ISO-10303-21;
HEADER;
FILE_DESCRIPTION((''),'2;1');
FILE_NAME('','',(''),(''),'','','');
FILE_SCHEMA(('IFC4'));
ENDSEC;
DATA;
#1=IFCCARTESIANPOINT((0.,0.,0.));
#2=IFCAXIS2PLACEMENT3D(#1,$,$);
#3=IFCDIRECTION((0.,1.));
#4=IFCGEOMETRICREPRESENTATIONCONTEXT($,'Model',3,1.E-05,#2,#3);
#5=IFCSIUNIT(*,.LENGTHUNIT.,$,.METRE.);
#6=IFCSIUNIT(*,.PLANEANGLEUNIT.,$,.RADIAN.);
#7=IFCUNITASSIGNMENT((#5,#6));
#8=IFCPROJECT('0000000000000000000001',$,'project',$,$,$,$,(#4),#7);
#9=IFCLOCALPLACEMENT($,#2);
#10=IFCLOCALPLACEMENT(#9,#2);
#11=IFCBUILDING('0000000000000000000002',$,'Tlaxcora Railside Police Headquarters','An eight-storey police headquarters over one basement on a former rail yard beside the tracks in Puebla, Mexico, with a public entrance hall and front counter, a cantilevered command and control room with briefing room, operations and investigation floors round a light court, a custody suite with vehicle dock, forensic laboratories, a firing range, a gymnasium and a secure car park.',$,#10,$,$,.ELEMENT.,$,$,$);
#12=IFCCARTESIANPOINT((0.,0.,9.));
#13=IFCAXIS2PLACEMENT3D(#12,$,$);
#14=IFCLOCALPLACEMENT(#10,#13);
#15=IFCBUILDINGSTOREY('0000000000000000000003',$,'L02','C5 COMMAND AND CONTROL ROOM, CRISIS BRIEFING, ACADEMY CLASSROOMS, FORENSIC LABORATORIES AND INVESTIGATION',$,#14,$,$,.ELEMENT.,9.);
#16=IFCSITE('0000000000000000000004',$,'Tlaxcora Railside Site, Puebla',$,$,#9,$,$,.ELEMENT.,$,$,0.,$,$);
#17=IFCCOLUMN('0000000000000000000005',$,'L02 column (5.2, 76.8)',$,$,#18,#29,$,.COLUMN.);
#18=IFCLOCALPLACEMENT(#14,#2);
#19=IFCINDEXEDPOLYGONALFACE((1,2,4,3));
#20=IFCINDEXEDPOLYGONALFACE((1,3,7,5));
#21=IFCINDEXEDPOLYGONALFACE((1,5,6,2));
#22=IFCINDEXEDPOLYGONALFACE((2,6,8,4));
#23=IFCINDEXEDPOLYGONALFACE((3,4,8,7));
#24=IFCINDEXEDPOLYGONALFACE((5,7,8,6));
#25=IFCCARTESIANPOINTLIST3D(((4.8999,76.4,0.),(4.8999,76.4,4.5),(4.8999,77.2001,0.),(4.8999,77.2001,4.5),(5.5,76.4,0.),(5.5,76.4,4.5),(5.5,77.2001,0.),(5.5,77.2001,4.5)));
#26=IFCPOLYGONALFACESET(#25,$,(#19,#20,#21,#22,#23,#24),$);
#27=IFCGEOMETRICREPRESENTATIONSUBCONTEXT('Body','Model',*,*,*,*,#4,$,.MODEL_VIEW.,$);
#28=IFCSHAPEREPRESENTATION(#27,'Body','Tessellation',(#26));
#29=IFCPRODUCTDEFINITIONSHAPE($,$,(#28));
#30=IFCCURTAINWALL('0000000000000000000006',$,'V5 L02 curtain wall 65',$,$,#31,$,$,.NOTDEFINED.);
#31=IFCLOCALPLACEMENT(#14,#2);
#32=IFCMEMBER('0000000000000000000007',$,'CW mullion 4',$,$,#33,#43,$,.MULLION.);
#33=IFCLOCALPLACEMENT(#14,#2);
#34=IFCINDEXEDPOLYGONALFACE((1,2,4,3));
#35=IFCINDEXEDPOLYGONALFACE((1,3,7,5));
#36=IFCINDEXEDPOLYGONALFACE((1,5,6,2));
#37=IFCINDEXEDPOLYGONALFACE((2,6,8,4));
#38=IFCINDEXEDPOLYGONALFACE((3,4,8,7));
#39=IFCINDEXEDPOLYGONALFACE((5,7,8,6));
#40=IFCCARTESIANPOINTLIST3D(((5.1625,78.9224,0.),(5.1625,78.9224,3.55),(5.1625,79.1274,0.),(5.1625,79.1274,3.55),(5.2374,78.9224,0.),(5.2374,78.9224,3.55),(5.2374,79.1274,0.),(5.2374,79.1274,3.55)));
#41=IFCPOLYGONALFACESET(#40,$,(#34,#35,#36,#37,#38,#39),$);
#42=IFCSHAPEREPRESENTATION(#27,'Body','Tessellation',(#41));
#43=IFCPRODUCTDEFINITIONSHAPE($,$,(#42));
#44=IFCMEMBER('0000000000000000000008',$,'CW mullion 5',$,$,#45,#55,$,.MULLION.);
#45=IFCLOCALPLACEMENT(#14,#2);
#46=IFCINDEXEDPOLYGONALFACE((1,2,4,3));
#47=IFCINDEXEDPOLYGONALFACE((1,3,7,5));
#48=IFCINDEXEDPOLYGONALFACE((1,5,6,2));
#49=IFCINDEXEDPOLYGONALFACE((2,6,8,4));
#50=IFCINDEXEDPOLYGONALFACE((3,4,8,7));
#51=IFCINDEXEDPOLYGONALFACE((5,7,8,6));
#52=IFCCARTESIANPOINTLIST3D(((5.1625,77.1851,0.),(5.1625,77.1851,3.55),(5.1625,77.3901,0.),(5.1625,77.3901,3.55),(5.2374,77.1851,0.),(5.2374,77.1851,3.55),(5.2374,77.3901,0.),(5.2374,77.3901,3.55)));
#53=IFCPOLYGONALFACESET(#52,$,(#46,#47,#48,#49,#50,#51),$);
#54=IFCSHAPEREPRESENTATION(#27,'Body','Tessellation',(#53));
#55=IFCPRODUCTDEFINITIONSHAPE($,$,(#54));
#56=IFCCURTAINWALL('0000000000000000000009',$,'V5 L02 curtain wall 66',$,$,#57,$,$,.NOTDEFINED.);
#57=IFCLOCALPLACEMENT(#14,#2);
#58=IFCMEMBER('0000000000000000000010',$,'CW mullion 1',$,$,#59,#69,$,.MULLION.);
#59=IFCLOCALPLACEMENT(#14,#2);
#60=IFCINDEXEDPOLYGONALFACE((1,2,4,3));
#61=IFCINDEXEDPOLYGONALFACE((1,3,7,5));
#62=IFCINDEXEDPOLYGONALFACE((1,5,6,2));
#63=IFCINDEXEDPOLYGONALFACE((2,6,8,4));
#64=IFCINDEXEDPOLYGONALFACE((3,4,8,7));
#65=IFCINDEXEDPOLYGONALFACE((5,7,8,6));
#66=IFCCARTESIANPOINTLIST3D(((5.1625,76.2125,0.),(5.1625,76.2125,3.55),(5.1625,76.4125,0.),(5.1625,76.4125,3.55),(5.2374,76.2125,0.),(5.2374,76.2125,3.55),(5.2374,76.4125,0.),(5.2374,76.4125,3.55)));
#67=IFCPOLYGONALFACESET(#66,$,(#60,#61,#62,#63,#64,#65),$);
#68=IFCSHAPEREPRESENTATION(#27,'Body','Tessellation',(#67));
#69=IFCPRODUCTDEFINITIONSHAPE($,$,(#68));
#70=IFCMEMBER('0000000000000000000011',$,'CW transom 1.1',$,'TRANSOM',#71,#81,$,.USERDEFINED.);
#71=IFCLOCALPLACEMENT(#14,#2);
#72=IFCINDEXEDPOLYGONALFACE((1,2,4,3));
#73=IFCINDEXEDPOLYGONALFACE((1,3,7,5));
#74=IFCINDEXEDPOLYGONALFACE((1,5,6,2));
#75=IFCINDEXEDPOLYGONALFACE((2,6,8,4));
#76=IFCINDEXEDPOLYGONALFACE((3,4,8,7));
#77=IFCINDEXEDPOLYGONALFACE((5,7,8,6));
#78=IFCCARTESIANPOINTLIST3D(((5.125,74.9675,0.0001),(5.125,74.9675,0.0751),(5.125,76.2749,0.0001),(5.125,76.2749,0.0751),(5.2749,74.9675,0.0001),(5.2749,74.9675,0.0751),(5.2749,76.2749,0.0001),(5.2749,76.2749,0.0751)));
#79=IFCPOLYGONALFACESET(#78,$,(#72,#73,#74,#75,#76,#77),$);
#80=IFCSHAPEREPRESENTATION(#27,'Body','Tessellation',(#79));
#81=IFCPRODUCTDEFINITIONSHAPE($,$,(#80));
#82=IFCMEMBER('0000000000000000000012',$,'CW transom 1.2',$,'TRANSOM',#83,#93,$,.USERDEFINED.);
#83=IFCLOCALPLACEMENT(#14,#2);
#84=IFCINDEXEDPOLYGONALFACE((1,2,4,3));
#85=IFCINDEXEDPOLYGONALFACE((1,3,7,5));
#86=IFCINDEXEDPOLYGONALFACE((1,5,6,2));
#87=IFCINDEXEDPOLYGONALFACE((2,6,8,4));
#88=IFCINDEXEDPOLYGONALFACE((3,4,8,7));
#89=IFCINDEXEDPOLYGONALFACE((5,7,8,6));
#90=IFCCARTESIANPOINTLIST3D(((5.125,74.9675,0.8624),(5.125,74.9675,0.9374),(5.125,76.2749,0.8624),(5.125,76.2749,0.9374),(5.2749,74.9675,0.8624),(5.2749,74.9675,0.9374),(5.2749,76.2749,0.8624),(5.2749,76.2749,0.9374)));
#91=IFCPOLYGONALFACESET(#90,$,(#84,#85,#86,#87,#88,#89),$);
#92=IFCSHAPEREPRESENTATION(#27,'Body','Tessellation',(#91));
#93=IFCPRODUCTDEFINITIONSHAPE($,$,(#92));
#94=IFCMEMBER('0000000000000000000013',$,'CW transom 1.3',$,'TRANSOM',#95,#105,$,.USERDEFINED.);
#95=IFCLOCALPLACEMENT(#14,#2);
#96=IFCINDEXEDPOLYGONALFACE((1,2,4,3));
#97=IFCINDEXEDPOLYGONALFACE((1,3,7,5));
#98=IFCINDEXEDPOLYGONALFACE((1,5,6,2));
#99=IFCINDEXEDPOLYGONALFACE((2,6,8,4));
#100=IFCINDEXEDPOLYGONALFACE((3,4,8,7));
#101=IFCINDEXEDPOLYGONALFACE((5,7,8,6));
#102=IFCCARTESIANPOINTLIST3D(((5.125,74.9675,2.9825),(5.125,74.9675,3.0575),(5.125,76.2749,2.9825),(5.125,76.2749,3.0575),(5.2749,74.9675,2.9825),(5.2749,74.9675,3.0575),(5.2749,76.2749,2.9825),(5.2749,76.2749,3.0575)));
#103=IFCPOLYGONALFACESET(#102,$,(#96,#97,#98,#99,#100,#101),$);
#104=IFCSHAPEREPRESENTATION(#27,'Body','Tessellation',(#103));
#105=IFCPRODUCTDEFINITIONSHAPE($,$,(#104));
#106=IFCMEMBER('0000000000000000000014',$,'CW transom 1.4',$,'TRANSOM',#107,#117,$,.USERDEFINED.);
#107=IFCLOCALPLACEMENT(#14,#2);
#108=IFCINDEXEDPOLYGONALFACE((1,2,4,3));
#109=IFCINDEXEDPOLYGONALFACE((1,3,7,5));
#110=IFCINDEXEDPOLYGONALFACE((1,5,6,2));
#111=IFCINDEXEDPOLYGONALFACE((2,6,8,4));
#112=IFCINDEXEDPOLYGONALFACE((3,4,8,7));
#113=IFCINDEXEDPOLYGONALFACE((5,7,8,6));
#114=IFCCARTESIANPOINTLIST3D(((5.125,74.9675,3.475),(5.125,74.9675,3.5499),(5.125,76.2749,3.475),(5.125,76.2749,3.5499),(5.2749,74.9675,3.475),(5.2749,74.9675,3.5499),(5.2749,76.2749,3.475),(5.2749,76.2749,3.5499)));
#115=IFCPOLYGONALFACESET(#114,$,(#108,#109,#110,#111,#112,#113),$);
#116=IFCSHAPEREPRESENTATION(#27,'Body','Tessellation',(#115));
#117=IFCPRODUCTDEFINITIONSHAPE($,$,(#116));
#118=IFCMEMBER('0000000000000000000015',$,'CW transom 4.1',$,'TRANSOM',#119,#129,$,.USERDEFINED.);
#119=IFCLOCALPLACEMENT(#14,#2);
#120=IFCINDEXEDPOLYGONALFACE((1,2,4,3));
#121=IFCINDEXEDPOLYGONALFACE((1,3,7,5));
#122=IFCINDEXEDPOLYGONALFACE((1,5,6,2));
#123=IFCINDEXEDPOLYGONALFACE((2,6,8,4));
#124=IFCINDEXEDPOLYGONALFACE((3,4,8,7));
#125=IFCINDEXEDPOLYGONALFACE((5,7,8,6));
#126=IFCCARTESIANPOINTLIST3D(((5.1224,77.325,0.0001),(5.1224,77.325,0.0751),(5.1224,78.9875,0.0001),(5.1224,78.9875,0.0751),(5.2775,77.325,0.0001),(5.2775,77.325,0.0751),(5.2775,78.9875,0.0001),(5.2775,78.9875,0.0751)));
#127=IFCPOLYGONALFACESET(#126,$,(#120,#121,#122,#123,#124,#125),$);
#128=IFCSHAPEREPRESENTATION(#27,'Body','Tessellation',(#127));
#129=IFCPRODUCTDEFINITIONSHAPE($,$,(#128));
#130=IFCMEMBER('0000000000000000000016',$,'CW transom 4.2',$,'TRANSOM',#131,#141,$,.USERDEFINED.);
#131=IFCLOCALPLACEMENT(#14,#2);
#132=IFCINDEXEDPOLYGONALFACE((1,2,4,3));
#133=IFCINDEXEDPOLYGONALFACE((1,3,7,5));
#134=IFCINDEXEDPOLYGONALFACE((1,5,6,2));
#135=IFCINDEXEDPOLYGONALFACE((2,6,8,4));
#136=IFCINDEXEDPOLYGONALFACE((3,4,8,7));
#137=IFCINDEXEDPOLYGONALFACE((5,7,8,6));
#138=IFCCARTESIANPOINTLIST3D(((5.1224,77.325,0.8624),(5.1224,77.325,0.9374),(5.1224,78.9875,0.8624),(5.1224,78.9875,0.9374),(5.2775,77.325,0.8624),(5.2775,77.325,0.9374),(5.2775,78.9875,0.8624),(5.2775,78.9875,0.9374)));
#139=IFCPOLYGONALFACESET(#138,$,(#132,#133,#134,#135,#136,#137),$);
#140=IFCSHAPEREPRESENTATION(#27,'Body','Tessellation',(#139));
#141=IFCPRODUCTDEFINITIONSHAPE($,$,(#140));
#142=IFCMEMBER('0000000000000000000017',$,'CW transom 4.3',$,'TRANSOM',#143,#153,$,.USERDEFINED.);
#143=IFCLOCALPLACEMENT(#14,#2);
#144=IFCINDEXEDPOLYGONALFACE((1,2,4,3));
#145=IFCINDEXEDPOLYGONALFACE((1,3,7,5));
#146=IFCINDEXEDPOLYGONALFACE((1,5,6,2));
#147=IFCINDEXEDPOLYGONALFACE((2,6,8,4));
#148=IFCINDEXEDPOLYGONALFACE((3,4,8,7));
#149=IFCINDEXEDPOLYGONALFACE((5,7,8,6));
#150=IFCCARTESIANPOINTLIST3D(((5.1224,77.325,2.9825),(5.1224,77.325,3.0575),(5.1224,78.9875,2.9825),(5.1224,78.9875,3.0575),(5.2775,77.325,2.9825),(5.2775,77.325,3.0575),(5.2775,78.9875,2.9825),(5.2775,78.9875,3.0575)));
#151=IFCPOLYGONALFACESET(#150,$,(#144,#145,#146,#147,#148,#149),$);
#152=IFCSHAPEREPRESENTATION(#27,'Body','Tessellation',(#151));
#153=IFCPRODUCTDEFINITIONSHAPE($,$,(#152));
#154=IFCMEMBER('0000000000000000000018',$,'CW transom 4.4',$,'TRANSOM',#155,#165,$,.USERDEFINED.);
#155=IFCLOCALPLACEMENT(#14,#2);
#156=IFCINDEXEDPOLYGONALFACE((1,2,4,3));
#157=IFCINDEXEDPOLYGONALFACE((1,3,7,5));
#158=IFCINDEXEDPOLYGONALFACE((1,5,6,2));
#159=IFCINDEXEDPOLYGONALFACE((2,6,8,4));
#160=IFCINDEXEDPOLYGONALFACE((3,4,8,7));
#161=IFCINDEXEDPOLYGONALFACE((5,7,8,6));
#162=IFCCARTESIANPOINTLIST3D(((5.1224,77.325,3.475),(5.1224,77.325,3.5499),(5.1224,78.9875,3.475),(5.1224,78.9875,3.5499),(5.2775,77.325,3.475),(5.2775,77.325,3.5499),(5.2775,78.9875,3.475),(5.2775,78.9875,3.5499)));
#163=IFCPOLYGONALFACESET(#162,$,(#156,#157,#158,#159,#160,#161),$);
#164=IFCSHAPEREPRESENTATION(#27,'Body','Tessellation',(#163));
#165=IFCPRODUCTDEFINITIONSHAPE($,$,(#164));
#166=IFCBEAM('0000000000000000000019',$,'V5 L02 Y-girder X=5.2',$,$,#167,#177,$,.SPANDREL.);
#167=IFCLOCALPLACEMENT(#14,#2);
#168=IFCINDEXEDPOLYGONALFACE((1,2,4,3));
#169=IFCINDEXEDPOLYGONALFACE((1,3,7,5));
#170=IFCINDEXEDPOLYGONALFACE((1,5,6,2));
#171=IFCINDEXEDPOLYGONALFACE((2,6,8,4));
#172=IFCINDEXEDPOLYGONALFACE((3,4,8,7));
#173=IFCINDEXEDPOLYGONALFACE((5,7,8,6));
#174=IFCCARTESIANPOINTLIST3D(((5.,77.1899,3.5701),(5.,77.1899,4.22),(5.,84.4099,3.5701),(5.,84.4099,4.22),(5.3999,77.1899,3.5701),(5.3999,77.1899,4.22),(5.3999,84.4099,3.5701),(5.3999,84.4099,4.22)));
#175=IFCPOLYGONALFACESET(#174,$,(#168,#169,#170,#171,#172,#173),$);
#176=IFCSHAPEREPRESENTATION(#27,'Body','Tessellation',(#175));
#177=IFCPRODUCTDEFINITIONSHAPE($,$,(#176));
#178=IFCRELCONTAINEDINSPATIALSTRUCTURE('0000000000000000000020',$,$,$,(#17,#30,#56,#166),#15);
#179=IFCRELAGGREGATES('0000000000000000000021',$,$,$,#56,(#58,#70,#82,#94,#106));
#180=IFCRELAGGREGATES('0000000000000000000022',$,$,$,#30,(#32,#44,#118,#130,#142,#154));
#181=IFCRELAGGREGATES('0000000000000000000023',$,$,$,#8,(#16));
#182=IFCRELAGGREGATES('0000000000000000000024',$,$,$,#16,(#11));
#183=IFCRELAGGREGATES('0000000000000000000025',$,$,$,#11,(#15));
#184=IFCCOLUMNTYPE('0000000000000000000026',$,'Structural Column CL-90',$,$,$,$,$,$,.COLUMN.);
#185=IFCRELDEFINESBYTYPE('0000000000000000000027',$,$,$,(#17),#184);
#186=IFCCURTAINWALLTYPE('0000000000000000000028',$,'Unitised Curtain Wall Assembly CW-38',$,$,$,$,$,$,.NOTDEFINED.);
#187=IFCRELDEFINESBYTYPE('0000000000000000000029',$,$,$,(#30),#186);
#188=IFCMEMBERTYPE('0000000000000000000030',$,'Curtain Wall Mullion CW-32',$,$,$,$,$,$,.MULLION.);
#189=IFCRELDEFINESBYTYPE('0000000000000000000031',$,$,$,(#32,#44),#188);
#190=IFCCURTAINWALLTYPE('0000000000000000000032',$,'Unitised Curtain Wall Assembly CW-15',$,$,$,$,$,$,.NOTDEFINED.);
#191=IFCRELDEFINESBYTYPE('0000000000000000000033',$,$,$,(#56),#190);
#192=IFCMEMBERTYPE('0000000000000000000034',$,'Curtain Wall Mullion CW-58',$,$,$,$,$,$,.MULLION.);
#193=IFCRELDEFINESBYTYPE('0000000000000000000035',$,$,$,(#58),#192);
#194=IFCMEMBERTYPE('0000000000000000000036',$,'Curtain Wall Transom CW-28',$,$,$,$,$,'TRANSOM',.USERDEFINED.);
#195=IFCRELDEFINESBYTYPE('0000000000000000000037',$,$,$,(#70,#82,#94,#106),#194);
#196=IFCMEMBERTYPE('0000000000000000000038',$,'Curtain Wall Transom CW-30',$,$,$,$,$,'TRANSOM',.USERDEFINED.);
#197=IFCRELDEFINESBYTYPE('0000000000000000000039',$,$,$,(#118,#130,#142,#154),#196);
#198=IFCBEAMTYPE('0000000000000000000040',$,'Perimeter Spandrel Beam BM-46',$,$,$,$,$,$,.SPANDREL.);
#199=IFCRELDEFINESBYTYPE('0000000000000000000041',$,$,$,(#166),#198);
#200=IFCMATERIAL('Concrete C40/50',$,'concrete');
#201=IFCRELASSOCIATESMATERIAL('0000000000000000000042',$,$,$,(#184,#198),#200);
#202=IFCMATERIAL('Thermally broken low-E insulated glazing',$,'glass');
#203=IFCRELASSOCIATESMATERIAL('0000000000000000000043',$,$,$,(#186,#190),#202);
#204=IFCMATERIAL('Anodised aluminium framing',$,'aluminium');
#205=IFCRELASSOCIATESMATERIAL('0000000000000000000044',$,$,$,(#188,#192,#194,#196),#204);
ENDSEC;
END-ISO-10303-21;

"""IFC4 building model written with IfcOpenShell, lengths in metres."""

from ifc_helpers import new_model, si_unit, direction, frame, origin, origin_2d, place, context, subcontext, project, spatial, rectangle, extrude, material, material_profile, profile_set, type_object, element, aggregate, save


model = new_model("IFC4")

# Units and contexts
model_context = context("Model", 3, precision=1e-05, world=origin(), true_north=direction((0.0, 1.0)))
body_context = subcontext(model_context, "Body", "Model", "MODEL_VIEW")
ifc_project = project(units=[si_unit("LENGTHUNIT", "METRE"), si_unit("PLANEANGLEUNIT", "RADIAN")], contexts=[model_context])

# Site, building, storey
site_placement = place(None, origin())
site = spatial("IfcSite", under=ifc_project, at=site_placement, Name="Tlaxcora Railside Site, Puebla", CompositionType="ELEMENT", RefElevation=0.0)
building_placement = place(site_placement, origin())
building = spatial("IfcBuilding", under=site, at=building_placement, Name="Tlaxcora Railside Police Headquarters", Description="An eight-storey police headquarters over one basement on a former rail yard beside the tracks in Puebla, Mexico, with a public entrance hall and front counter, a cantilevered command and control room with briefing room, operations and investigation floors round a light court, a custody suite with vehicle dock, forensic laboratories, a firing range, a gymnasium and a secure car park.", CompositionType="ELEMENT")
storey_placement = place(building_placement, frame((0.0, 0.0, 9.0)))
storey = spatial("IfcBuildingStorey", under=building, at=storey_placement, Name="L02", Description="C5 COMMAND AND CONTROL ROOM, CRISIS BRIEFING, ACADEMY CLASSROOMS, FORENSIC LABORATORIES AND INVESTIGATION", CompositionType="ELEMENT", Elevation=9.0)

# Column
ifc_material_1 = material(Name="Concrete C40/50", Category="concrete")
ifc_material_profile_1 = material_profile(ifc_material_1, rectangle(XDim=0.6001, YDim=0.8, at=origin_2d()), Name="RC600X800")
ifc_profile_set_1 = profile_set([ifc_material_profile_1], Name="Concrete C40/50")
column_type = type_object("IfcColumnType", Name="Structural Column CL-90", PredefinedType="COLUMN", material=ifc_profile_set_1)
column_placement = place(storey_placement, frame((5.2, 76.8, 0.0), z_axis=(0.0, 0.0, 1.0), x_axis=(1.0, 0.0, 0.0)))
element("IfcColumn", 1, at=column_placement, inside=storey, type_object=column_type, Name="L02 column (5.2, 76.8)", PredefinedType="COLUMN", context=body_context, shape_type="SweptSolid", body=[
    extrude(rectangle(XDim=0.6001, YDim=0.8, at=origin_2d()), origin(), (0.0, 0.0, 1.0), 4.5),
])

# Curtain walls, members
ifc_material_2 = material(Name="Thermally broken low-E insulated glazing", Category="glass")
curtain_wall_type_1 = type_object("IfcCurtainWallType", Name="Unitised Curtain Wall Assembly CW-38", PredefinedType="NOTDEFINED", material=ifc_material_2)
curtain_wall_1_placement = place(storey_placement, origin())
curtain_wall_1 = element("IfcCurtainWall", 2, at=curtain_wall_1_placement, inside=storey, type_object=curtain_wall_type_1, Name="V5 L02 curtain wall 65", PredefinedType="NOTDEFINED")
ifc_material_3 = material(Name="Anodised aluminium framing", Category="aluminium")
ifc_material_profile_2 = material_profile(ifc_material_3, rectangle(XDim=0.075, YDim=0.2051, at=origin_2d()), Name="AL75X205")
ifc_profile_set_2 = profile_set([ifc_material_profile_2], Name="Anodised aluminium framing")
member_type_1 = type_object("IfcMemberType", Name="Curtain Wall Mullion CW-32", PredefinedType="MULLION", material=ifc_profile_set_2)
member_1_placement = place(storey_placement, frame((5.2, 79.0249, 0.0), z_axis=(0.0, 0.0, 1.0), x_axis=(1.0, 0.0, 0.0)))
member_1 = element("IfcMember", 3, at=member_1_placement, type_object=member_type_1, Name="CW mullion 4", PredefinedType="MULLION", context=body_context, shape_type="SweptSolid", body=[
    extrude(rectangle(XDim=0.075, YDim=0.2051, at=origin_2d()), origin(), (0.0, 0.0, 1.0), 3.55),
])
member_2_placement = place(storey_placement, frame((5.2, 77.2876, 0.0), z_axis=(0.0, 0.0, 1.0), x_axis=(1.0, 0.0, 0.0)))
member_2 = element("IfcMember", 4, at=member_2_placement, type_object=member_type_1, Name="CW mullion 5", PredefinedType="MULLION", context=body_context, shape_type="SweptSolid", body=[
    extrude(rectangle(XDim=0.075, YDim=0.2051, at=origin_2d()), origin(), (0.0, 0.0, 1.0), 3.55),
])
curtain_wall_type_2 = type_object("IfcCurtainWallType", Name="Unitised Curtain Wall Assembly CW-15", PredefinedType="NOTDEFINED", material=ifc_material_2)
curtain_wall_2_placement = place(storey_placement, origin())
curtain_wall_2 = element("IfcCurtainWall", 5, at=curtain_wall_2_placement, inside=storey, type_object=curtain_wall_type_2, Name="V5 L02 curtain wall 66", PredefinedType="NOTDEFINED")
ifc_material_profile_3 = material_profile(ifc_material_3, rectangle(XDim=0.075, YDim=0.2, at=origin_2d()), Name="AL75X200")
ifc_profile_set_3 = profile_set([ifc_material_profile_3], Name="Anodised aluminium framing")
member_type_2 = type_object("IfcMemberType", Name="Curtain Wall Mullion CW-58", PredefinedType="MULLION", material=ifc_profile_set_3)
member_3_placement = place(storey_placement, frame((5.2, 76.3125, 0.0), z_axis=(0.0, 0.0, 1.0), x_axis=(1.0, 0.0, 0.0)))
member_3 = element("IfcMember", 6, at=member_3_placement, type_object=member_type_2, Name="CW mullion 1", PredefinedType="MULLION", context=body_context, shape_type="SweptSolid", body=[
    extrude(rectangle(XDim=0.075, YDim=0.2, at=origin_2d()), origin(), (0.0, 0.0, 1.0), 3.55),
])
ifc_material_profile_4 = material_profile(ifc_material_3, rectangle(XDim=0.1499, YDim=0.075, at=origin_2d()), Name="AL75X150")
ifc_profile_set_4 = profile_set([ifc_material_profile_4], Name="Anodised aluminium framing")
member_type_3 = type_object("IfcMemberType", Name="Curtain Wall Transom CW-28", ElementType="TRANSOM", PredefinedType="USERDEFINED", material=ifc_profile_set_4)
member_4_placement = place(storey_placement, frame((5.2, 76.2749, 0.0376), z_axis=(0.0, -1.0, 0.0), x_axis=(1.0, 0.0, 0.0)))
member_4 = element("IfcMember", 7, at=member_4_placement, type_object=member_type_3, Name="CW transom 1.1", ObjectType="TRANSOM", PredefinedType="USERDEFINED", context=body_context, shape_type="SweptSolid", body=[
    extrude(rectangle(XDim=0.1499, YDim=0.075, at=origin_2d()), origin(), (0.0, 0.0, 1.0), 1.3074),
])
member_5_placement = place(storey_placement, frame((5.2, 76.2749, 0.8999), z_axis=(0.0, -1.0, 0.0), x_axis=(1.0, 0.0, 0.0)))
member_5 = element("IfcMember", 8, at=member_5_placement, type_object=member_type_3, Name="CW transom 1.2", ObjectType="TRANSOM", PredefinedType="USERDEFINED", context=body_context, shape_type="SweptSolid", body=[
    extrude(rectangle(XDim=0.1499, YDim=0.075, at=origin_2d()), origin(), (0.0, 0.0, 1.0), 1.3074),
])
member_6_placement = place(storey_placement, frame((5.2, 76.2749, 3.02), z_axis=(0.0, -1.0, 0.0), x_axis=(1.0, 0.0, 0.0)))
member_6 = element("IfcMember", 9, at=member_6_placement, type_object=member_type_3, Name="CW transom 1.3", ObjectType="TRANSOM", PredefinedType="USERDEFINED", context=body_context, shape_type="SweptSolid", body=[
    extrude(rectangle(XDim=0.1499, YDim=0.075, at=origin_2d()), origin(), (0.0, 0.0, 1.0), 1.3074),
])
member_7_placement = place(storey_placement, frame((5.2, 76.2749, 3.5125), z_axis=(0.0, -1.0, 0.0), x_axis=(1.0, 0.0, 0.0)))
member_7 = element("IfcMember", 10, at=member_7_placement, type_object=member_type_3, Name="CW transom 1.4", ObjectType="TRANSOM", PredefinedType="USERDEFINED", context=body_context, shape_type="SweptSolid", body=[
    extrude(rectangle(XDim=0.1499, YDim=0.075, at=origin_2d()), origin(), (0.0, 0.0, 1.0), 1.3074),
])

# Members
ifc_material_profile_5 = material_profile(ifc_material_3, rectangle(XDim=0.155, YDim=0.075, at=origin_2d()), Name="AL75X155")
ifc_profile_set_5 = profile_set([ifc_material_profile_5], Name="Anodised aluminium framing")
member_type_4 = type_object("IfcMemberType", Name="Curtain Wall Transom CW-30", ElementType="TRANSOM", PredefinedType="USERDEFINED", material=ifc_profile_set_5)
member_8_placement = place(storey_placement, frame((5.2, 78.9875, 0.0376), z_axis=(0.0, -1.0, 0.0), x_axis=(1.0, 0.0, 0.0)))
member_8 = element("IfcMember", 11, at=member_8_placement, type_object=member_type_4, Name="CW transom 4.1", ObjectType="TRANSOM", PredefinedType="USERDEFINED", context=body_context, shape_type="SweptSolid", body=[
    extrude(rectangle(XDim=0.155, YDim=0.075, at=origin_2d()), origin(), (0.0, 0.0, 1.0), 1.6626),
])
member_9_placement = place(storey_placement, frame((5.2, 78.9875, 0.8999), z_axis=(0.0, -1.0, 0.0), x_axis=(1.0, 0.0, 0.0)))
member_9 = element("IfcMember", 12, at=member_9_placement, type_object=member_type_4, Name="CW transom 4.2", ObjectType="TRANSOM", PredefinedType="USERDEFINED", context=body_context, shape_type="SweptSolid", body=[
    extrude(rectangle(XDim=0.155, YDim=0.075, at=origin_2d()), origin(), (0.0, 0.0, 1.0), 1.6626),
])
member_10_placement = place(storey_placement, frame((5.2, 78.9875, 3.02), z_axis=(0.0, -1.0, 0.0), x_axis=(1.0, 0.0, 0.0)))
member_10 = element("IfcMember", 13, at=member_10_placement, type_object=member_type_4, Name="CW transom 4.3", ObjectType="TRANSOM", PredefinedType="USERDEFINED", context=body_context, shape_type="SweptSolid", body=[
    extrude(rectangle(XDim=0.155, YDim=0.075, at=origin_2d()), origin(), (0.0, 0.0, 1.0), 1.6626),
])
member_11_placement = place(storey_placement, frame((5.2, 78.9875, 3.5125), z_axis=(0.0, -1.0, 0.0), x_axis=(1.0, 0.0, 0.0)))
member_11 = element("IfcMember", 14, at=member_11_placement, type_object=member_type_4, Name="CW transom 4.4", ObjectType="TRANSOM", PredefinedType="USERDEFINED", context=body_context, shape_type="SweptSolid", body=[
    extrude(rectangle(XDim=0.155, YDim=0.075, at=origin_2d()), origin(), (0.0, 0.0, 1.0), 1.6626),
])

# Beam
ifc_material_profile_6 = material_profile(ifc_material_1, rectangle(XDim=0.3999, YDim=0.6499, at=origin_2d()), Name="RC400X650")
ifc_profile_set_6 = profile_set([ifc_material_profile_6], Name="Concrete C40/50")
beam_type = type_object("IfcBeamType", Name="Perimeter Spandrel Beam BM-46", PredefinedType="SPANDREL", material=ifc_profile_set_6)
beam_placement = place(storey_placement, frame((5.2, 77.1899, 3.895), z_axis=(0.0, 1.0, 0.0), x_axis=(-1.0, 0.0, 0.0)))
element("IfcBeam", 15, at=beam_placement, inside=storey, type_object=beam_type, Name="V5 L02 Y-girder X=5.2", PredefinedType="SPANDREL", context=body_context, shape_type="SweptSolid", body=[
    extrude(rectangle(XDim=0.3999, YDim=0.6499, at=origin_2d()), origin(), (0.0, 0.0, 1.0), 7.22),
])

aggregate(curtain_wall_2, [member_3, member_4, member_5, member_6, member_7])
aggregate(curtain_wall_1, [member_1, member_2, member_8, member_9, member_10, member_11])

save(model, "model.ifc")
